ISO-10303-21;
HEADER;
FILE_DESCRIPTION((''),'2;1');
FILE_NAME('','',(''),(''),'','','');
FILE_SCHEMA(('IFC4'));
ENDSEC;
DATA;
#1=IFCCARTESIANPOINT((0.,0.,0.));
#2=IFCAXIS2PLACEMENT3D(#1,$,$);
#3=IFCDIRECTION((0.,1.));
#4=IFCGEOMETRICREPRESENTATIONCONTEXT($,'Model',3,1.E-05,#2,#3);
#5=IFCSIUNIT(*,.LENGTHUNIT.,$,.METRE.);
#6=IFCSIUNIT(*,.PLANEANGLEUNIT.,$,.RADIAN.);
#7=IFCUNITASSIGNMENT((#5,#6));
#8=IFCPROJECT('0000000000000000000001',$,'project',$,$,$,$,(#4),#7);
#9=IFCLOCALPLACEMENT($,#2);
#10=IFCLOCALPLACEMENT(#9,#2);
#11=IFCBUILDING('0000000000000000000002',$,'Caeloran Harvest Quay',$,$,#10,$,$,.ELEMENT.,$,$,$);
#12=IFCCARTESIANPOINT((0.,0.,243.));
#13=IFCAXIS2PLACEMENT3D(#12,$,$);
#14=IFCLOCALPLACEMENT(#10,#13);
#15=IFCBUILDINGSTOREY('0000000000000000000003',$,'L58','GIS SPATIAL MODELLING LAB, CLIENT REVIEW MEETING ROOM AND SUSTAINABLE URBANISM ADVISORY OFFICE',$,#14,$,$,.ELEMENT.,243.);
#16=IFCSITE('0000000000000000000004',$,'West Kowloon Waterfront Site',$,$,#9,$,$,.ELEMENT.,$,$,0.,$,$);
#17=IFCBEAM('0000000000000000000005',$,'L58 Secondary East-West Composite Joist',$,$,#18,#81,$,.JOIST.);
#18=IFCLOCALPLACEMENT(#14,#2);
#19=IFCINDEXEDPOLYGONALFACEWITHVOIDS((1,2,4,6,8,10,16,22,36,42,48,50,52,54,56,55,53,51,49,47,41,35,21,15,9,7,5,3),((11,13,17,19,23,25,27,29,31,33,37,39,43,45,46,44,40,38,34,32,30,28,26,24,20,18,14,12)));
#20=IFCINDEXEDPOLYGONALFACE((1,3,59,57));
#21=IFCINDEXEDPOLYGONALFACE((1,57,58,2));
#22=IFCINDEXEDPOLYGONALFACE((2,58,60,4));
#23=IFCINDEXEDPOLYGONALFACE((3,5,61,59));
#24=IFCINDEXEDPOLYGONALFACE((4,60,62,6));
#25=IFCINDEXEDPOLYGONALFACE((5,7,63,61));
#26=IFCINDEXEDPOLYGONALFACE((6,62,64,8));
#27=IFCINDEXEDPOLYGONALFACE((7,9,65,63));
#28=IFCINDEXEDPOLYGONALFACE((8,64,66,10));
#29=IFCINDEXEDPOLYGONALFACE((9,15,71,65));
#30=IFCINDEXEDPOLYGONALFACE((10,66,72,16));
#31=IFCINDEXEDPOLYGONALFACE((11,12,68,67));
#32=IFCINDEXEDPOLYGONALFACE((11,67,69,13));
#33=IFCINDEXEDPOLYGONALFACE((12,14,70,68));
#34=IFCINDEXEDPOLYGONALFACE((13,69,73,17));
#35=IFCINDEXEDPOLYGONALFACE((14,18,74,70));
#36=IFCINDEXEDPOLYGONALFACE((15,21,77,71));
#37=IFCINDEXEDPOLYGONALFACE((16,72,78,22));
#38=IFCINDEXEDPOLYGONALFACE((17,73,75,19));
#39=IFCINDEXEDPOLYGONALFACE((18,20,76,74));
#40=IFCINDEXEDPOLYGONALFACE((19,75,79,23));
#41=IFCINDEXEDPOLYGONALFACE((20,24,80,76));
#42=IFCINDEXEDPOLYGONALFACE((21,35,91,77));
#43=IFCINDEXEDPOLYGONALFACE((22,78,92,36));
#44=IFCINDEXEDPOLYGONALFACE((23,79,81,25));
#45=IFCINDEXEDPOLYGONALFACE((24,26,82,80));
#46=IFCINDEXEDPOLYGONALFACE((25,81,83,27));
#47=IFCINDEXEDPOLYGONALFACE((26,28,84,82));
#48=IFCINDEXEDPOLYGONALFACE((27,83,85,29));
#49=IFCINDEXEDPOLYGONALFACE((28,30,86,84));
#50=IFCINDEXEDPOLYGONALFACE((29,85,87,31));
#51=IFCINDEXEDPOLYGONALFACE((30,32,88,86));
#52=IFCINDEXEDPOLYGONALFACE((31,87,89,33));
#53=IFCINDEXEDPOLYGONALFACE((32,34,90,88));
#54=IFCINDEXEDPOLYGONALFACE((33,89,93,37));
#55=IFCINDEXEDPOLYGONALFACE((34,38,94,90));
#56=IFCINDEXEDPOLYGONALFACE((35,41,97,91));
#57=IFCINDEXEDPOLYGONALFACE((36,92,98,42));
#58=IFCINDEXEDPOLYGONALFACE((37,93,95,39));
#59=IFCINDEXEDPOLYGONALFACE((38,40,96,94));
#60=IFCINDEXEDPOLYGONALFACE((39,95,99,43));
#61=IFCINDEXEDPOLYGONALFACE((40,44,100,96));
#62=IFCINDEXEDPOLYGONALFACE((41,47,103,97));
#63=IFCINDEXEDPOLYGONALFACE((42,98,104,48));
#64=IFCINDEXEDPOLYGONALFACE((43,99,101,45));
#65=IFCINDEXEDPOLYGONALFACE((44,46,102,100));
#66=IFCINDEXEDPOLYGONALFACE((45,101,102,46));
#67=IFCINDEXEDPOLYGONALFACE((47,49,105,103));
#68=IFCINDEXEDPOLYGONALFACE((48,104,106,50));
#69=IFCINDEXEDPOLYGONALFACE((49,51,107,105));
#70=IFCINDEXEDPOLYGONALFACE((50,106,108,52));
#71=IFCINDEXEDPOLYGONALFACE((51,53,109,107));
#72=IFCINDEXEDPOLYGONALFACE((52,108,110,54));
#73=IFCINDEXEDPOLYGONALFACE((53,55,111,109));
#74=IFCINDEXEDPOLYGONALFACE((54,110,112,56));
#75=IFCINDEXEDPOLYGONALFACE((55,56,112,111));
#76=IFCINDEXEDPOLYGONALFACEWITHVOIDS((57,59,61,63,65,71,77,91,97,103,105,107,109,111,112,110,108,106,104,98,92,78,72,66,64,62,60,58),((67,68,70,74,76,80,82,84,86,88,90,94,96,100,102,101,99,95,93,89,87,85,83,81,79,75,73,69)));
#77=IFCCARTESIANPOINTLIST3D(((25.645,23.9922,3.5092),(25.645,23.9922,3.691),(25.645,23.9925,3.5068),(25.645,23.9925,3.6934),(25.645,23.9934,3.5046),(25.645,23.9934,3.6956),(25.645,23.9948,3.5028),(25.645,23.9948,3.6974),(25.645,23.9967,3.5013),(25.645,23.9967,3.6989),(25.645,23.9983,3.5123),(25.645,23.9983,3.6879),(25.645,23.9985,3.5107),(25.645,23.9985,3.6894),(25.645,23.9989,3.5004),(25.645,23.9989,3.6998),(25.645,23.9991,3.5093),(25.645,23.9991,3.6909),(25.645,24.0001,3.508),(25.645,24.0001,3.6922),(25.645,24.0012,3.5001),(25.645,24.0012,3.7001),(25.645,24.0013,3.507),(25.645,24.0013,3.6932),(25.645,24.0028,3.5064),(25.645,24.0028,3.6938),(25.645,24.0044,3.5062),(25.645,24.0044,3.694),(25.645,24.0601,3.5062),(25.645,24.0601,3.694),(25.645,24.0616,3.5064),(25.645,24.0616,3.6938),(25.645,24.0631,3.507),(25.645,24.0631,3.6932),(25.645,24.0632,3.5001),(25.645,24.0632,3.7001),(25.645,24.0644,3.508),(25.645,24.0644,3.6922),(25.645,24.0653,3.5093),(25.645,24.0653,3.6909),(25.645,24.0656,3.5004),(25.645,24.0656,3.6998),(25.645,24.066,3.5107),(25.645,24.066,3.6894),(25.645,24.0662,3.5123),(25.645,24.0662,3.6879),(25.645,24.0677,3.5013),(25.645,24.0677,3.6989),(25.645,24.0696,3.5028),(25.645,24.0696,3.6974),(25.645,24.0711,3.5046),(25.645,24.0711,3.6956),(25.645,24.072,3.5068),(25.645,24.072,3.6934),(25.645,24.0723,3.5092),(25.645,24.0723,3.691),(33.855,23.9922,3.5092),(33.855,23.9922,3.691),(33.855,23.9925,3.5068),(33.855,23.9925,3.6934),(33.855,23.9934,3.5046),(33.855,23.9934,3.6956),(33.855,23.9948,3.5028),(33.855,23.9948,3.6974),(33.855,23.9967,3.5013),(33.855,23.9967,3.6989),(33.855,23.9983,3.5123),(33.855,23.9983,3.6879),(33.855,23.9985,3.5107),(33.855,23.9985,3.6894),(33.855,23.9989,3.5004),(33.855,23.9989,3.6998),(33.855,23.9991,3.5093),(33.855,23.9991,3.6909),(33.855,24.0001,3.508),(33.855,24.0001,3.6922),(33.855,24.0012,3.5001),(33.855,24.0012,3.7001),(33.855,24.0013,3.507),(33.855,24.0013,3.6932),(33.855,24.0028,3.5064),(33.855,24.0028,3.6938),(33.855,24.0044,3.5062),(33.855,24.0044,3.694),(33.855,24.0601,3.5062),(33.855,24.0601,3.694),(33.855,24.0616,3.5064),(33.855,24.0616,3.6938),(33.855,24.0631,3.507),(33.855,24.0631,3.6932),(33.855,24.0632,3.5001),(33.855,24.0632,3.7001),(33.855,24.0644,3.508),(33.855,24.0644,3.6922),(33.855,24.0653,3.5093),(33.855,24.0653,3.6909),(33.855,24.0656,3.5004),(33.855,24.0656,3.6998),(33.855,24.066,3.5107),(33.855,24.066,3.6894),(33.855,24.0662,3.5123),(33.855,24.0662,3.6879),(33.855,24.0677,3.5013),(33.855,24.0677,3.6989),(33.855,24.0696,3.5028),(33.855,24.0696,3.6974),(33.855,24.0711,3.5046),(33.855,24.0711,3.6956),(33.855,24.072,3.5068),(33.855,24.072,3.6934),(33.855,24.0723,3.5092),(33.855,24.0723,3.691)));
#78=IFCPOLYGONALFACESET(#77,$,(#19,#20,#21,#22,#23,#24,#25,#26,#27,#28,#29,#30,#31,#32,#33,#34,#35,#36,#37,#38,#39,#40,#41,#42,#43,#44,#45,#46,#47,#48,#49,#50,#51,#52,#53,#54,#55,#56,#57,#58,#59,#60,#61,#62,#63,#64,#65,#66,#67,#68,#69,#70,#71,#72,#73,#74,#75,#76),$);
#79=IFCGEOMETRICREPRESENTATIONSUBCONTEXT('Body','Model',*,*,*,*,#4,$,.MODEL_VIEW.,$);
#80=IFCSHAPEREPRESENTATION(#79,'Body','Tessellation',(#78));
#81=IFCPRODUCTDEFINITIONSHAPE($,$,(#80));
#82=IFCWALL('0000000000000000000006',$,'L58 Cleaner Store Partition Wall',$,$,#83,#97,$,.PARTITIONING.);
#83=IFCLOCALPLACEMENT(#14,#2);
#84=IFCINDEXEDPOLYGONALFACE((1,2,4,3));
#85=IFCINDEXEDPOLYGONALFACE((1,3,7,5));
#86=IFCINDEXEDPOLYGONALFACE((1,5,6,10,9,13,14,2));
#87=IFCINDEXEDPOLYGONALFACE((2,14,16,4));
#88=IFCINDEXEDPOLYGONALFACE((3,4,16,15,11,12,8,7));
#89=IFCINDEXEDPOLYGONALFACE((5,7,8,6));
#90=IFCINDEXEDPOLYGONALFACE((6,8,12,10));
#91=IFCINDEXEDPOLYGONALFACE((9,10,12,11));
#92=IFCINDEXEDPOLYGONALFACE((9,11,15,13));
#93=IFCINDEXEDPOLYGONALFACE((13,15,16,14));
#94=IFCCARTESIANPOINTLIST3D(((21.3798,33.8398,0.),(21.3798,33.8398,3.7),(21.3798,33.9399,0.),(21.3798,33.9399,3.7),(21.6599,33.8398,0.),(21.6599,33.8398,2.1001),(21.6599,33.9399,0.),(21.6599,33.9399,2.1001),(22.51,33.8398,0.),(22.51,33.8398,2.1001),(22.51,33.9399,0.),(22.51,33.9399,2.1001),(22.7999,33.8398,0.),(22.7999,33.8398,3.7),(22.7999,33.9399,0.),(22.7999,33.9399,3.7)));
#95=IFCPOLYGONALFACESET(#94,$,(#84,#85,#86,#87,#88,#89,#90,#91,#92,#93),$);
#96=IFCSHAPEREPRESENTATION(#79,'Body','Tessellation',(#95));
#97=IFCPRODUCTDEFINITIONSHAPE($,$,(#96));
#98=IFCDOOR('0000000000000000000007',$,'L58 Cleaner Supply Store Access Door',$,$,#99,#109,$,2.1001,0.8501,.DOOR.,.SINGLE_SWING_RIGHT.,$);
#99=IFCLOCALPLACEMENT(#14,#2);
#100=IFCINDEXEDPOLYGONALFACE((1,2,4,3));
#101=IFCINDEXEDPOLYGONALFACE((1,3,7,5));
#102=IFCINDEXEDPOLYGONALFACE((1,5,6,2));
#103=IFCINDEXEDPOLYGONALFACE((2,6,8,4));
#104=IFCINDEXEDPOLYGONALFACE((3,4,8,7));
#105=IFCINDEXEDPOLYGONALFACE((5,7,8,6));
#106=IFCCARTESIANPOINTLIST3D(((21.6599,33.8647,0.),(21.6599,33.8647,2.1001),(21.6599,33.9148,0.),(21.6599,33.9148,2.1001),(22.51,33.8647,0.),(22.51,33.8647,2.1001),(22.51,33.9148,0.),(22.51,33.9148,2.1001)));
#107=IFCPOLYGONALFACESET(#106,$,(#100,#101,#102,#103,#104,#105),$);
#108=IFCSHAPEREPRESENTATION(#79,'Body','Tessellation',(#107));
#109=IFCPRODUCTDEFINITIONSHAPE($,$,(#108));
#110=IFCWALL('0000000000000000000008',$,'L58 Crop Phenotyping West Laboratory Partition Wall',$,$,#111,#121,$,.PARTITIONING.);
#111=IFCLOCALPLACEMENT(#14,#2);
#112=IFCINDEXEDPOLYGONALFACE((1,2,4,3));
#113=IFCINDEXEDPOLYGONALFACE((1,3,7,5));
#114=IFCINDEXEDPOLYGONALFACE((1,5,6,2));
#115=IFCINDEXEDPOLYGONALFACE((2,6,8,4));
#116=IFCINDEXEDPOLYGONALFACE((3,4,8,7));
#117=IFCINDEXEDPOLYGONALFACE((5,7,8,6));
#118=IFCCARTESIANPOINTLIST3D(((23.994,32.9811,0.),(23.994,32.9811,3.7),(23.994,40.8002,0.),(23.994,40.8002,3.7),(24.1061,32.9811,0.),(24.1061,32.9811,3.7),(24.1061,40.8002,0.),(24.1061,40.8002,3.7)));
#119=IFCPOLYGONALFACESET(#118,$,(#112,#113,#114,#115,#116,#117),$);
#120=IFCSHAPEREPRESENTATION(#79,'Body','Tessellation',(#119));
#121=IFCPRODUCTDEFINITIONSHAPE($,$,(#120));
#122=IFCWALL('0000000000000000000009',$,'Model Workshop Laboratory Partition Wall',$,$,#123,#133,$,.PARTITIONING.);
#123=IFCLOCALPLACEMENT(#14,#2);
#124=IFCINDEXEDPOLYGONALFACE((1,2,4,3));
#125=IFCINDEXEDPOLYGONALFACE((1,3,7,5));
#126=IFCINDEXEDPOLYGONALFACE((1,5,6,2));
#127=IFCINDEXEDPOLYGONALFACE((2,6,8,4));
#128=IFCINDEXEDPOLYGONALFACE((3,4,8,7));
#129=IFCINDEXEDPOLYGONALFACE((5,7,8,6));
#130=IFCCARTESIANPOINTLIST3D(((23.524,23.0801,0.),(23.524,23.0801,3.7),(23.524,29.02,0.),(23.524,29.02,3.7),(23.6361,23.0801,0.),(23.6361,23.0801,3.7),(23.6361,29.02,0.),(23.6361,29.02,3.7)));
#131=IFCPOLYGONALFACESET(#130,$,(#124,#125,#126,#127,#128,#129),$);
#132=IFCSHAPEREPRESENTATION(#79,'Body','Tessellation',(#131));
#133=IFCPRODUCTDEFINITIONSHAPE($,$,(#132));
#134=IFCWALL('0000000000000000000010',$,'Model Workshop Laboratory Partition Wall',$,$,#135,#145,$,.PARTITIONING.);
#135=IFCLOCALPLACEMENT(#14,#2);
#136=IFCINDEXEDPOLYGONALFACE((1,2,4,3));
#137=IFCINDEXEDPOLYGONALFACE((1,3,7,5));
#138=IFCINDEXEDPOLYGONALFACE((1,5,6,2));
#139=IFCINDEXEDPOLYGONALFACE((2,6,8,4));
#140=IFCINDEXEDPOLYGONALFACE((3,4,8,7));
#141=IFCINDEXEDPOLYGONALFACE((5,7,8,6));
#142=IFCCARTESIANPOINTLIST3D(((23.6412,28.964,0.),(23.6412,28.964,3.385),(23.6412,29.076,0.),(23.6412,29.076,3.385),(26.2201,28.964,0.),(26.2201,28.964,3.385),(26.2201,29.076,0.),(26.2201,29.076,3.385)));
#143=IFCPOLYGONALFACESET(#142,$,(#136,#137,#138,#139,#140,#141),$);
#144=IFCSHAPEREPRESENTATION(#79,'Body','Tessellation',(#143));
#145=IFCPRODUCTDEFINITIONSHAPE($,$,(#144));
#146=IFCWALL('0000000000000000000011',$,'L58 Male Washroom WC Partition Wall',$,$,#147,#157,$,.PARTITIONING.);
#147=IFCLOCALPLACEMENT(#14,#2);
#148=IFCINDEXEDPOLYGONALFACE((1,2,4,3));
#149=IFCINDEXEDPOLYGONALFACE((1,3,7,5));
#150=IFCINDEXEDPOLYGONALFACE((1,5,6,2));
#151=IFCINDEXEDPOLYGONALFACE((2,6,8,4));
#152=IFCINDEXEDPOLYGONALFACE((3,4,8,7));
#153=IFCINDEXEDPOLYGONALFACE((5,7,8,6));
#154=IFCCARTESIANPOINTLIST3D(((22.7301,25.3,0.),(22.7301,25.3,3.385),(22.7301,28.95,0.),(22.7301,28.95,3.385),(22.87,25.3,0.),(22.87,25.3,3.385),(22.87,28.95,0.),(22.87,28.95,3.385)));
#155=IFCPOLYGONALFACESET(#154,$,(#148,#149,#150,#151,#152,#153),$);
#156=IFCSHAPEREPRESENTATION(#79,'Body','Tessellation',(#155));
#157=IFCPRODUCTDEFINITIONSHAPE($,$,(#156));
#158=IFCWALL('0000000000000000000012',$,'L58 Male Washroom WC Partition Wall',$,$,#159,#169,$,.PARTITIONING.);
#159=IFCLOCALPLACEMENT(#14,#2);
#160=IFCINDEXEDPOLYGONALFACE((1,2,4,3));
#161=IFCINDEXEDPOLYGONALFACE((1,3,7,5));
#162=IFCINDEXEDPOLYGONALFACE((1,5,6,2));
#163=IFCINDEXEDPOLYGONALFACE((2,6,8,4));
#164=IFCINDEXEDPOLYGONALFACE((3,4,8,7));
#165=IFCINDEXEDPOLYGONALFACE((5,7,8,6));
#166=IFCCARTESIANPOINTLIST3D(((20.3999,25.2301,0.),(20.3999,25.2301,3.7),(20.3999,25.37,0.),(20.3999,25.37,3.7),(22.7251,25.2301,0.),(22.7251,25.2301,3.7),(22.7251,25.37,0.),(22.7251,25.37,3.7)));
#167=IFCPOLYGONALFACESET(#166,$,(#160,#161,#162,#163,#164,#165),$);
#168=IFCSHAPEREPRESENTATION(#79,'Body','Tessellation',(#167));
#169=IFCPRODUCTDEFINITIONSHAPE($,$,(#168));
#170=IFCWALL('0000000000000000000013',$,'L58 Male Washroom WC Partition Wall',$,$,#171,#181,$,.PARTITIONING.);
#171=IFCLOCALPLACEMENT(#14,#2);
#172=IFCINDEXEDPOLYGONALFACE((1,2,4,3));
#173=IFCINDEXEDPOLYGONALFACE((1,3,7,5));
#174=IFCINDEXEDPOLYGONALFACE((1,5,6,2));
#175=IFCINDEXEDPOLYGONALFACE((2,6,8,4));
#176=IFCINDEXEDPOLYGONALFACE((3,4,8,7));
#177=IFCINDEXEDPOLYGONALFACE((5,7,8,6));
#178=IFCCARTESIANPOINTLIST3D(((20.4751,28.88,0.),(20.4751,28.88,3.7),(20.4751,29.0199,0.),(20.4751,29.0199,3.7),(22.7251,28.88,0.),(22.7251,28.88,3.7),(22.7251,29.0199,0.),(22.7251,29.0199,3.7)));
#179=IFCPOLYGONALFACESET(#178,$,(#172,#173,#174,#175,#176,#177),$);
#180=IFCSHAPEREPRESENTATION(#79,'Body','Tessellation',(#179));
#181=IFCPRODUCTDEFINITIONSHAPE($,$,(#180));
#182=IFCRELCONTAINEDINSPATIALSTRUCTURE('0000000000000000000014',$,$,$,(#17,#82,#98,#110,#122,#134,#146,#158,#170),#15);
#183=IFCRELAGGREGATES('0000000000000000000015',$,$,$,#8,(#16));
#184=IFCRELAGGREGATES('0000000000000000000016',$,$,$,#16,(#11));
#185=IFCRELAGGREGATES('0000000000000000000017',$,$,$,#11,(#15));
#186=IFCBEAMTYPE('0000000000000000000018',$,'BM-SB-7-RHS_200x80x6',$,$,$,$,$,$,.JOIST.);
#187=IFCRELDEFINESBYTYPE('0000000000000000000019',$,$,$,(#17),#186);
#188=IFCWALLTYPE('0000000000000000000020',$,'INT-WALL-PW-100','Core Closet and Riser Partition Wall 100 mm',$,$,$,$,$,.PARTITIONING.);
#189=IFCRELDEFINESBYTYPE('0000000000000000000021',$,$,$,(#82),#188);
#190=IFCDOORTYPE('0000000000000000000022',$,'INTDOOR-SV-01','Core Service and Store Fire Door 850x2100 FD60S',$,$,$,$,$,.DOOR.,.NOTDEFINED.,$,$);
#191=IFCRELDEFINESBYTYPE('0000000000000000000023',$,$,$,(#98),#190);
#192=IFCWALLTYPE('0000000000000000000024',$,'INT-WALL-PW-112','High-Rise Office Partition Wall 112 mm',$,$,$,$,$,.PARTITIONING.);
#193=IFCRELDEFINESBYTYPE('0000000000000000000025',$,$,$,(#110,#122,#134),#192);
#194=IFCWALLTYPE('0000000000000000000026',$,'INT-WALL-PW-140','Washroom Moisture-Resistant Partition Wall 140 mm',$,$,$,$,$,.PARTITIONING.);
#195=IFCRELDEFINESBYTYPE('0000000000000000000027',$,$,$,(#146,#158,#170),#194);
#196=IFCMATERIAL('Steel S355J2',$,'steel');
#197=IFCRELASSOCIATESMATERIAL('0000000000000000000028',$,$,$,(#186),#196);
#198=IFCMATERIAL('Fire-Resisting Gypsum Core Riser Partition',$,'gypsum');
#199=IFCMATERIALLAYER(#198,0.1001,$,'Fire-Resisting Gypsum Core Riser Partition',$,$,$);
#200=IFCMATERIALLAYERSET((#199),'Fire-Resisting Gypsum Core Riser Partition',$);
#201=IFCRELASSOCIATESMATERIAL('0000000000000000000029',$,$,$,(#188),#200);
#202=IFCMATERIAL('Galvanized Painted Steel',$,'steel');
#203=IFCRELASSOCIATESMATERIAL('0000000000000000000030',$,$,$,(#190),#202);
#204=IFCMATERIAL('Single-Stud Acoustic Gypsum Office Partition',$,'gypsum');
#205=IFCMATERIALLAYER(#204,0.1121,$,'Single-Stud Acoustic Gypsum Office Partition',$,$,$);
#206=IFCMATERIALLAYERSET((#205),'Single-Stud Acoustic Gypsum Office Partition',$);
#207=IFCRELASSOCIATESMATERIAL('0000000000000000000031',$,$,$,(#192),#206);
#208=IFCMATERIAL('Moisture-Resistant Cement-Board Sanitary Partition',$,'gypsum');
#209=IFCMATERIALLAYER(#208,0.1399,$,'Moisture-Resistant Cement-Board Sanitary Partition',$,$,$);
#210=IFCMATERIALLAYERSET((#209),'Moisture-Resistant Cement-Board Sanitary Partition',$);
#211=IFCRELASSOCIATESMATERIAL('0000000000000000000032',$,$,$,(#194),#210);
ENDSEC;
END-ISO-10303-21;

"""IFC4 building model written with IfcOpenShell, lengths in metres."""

from ifc_helpers import new_model, si_unit, direction, frame, frame_2d, origin, origin_2d, place, context, subcontext, project, spatial, rectangle, hollow_rectangle, extrude, material, layer, layer_set, material_profile, profile_set, type_object, element, fill, save


model = new_model("IFC4")

# Units and contexts
model_context = context("Model", 3, precision=1e-05, world=origin(), true_north=direction((0.0, 1.0)))
body_context = subcontext(model_context, "Body", "Model", "MODEL_VIEW")
ifc_project = project(units=[si_unit("LENGTHUNIT", "METRE"), si_unit("PLANEANGLEUNIT", "RADIAN")], contexts=[model_context])

# Site, building, storey
site_placement = place(None, origin())
site = spatial("IfcSite", under=ifc_project, at=site_placement, Name="West Kowloon Waterfront Site", CompositionType="ELEMENT", RefElevation=0.0)
building_placement = place(site_placement, origin())
building = spatial("IfcBuilding", under=site, at=building_placement, Name="Caeloran Harvest Quay", CompositionType="ELEMENT")
storey_placement = place(building_placement, frame((0.0, 0.0, 243.0)))
storey = spatial("IfcBuildingStorey", under=building, at=storey_placement, Name="L58", Description="GIS SPATIAL MODELLING LAB, CLIENT REVIEW MEETING ROOM AND SUSTAINABLE URBANISM ADVISORY OFFICE", CompositionType="ELEMENT", Elevation=243.0)

# Beam
ifc_material_1 = material(Name="Steel S355J2", Category="steel")
ifc_material_profile_1 = material_profile(ifc_material_1, hollow_rectangle(XDim=0.0801, YDim=0.2, WallThickness=0.0061, InnerFilletRadius=0.0061, OuterFilletRadius=0.009, at=origin_2d()), Name="RHS 200x80x6")
ifc_profile_set_1 = profile_set([ifc_material_profile_1], Name="Steel S355J2")
beam_type_1 = type_object("IfcBeamType", Name="BM-SB-7-RHS_200x80x6", PredefinedType="JOIST", material=ifc_profile_set_1)
beam_1_placement = place(storey_placement, frame((25.645, 24.0322, 3.6001), z_axis=(1.0, 0.0, 0.0), x_axis=(0.0, 1.0, 0.0)))
element("IfcBeam", 1, at=beam_1_placement, inside=storey, type_object=beam_type_1, Name="L58 Secondary East-West Composite Joist", PredefinedType="JOIST", context=body_context, shape_type="SweptSolid", body=[
    extrude(hollow_rectangle(XDim=0.0801, YDim=0.2, WallThickness=0.0061, InnerFilletRadius=0.0061, OuterFilletRadius=0.009, at=origin_2d()), origin(), (0.0, 0.0, 1.0), 8.21),
])

# Wall, opening, door
ifc_material_2 = material(Name="Fire-Resisting Gypsum Core Riser Partition", Category="gypsum")
ifc_layer_1 = layer(ifc_material_2, 0.1001, Name="Fire-Resisting Gypsum Core Riser Partition")
ifc_layer_set_1 = layer_set([ifc_layer_1], Name="Fire-Resisting Gypsum Core Riser Partition")
wall_type_1 = type_object("IfcWallType", Name="INT-WALL-PW-100", Description="Core Closet and Riser Partition Wall 100 mm", PredefinedType="PARTITIONING", material=ifc_layer_set_1)
wall_1_placement = place(storey_placement, frame((21.3799, 33.8899, 0.0), z_axis=(0.0, 0.0, 1.0), x_axis=(1.0, 0.0, 0.0)))
wall_1 = element("IfcWall", 2, at=wall_1_placement, inside=storey, type_object=wall_type_1, Name="L58 Cleaner Store Partition Wall", PredefinedType="PARTITIONING", context=body_context, shape_type="SweptSolid", body=[
    extrude(rectangle(XDim=1.4202, YDim=0.1001, at=frame_2d((0.71, 0.0))), origin(), (0.0, 0.0, 1.0), 3.7),
])
opening_1_placement = place(wall_1_placement, frame((0.28, 0.0, 0.0)))
opening_1 = element("IfcOpeningElement", 3, at=opening_1_placement, cuts=wall_1, PredefinedType="OPENING", context=body_context, shape_type="SweptSolid", body=[
    extrude(rectangle(XDim=0.8501, YDim=2.1001, at=frame_2d((0.425, 1.05))), frame((0.0, 0.0601, 0.0), z_axis=(0.0, -1.0, 0.0), x_axis=(1.0, 0.0, 0.0)), (0.0, 0.0, 1.0), 0.1201),
])
ifc_material_3 = material(Name="Galvanized Painted Steel", Category="steel")
door_type_1 = type_object("IfcDoorType", Name="INTDOOR-SV-01", Description="Core Service and Store Fire Door 850x2100 FD60S", OperationType="NOTDEFINED", PredefinedType="DOOR", material=ifc_material_3)
door_1_placement = place(opening_1_placement, origin())
door_1 = element("IfcDoor", 4, at=door_1_placement, inside=storey, type_object=door_type_1, Name="L58 Cleaner Supply Store Access Door", OperationType="SINGLE_SWING_RIGHT", OverallHeight=2.1001, OverallWidth=0.8501, PredefinedType="DOOR", context=body_context, shape_type="SweptSolid", body=[
    extrude(rectangle(XDim=0.8501, YDim=2.1001, at=frame_2d((0.425, 1.05))), frame((0.0, 0.0249, 0.0), z_axis=(0.0, -1.0, 0.0), x_axis=(1.0, 0.0, 0.0)), (0.0, 0.0, 1.0), 0.05),
])
fill(opening_1, door_1)

# Walls
ifc_material_4 = material(Name="Single-Stud Acoustic Gypsum Office Partition", Category="gypsum")
ifc_layer_2 = layer(ifc_material_4, 0.1121, Name="Single-Stud Acoustic Gypsum Office Partition")
ifc_layer_set_2 = layer_set([ifc_layer_2], Name="Single-Stud Acoustic Gypsum Office Partition")
wall_type_2 = type_object("IfcWallType", Name="INT-WALL-PW-112", Description="High-Rise Office Partition Wall 112 mm", PredefinedType="PARTITIONING", material=ifc_layer_set_2)
wall_2_placement = place(storey_placement, frame((24.05, 32.981, 0.0), z_axis=(0.0, 0.0, 1.0), x_axis=(0.0, 1.0, 0.0)))
element("IfcWall", 5, at=wall_2_placement, inside=storey, type_object=wall_type_2, Name="L58 Crop Phenotyping West Laboratory Partition Wall", PredefinedType="PARTITIONING", context=body_context, shape_type="SweptSolid", body=[
    extrude(rectangle(XDim=7.8191, YDim=0.1121, at=frame_2d((3.9097, 0.0))), origin(), (0.0, 0.0, 1.0), 3.7),
])
wall_3_placement = place(storey_placement, frame((23.5801, 23.0801, 0.0), z_axis=(0.0, 0.0, 1.0), x_axis=(0.0, 1.0, 0.0)))
element("IfcWall", 6, at=wall_3_placement, inside=storey, type_object=wall_type_2, Name="Model Workshop Laboratory Partition Wall", PredefinedType="PARTITIONING", context=body_context, shape_type="SweptSolid", body=[
    extrude(rectangle(XDim=5.9399, YDim=0.1121, at=frame_2d((2.97, 0.0))), origin(), (0.0, 0.0, 1.0), 3.7),
])
wall_4_placement = place(storey_placement, frame((23.6411, 29.02, 0.0), z_axis=(0.0, 0.0, 1.0), x_axis=(1.0, 0.0, 0.0)))
element("IfcWall", 7, at=wall_4_placement, inside=storey, type_object=wall_type_2, Name="Model Workshop Laboratory Partition Wall", PredefinedType="PARTITIONING", context=body_context, shape_type="SweptSolid", body=[
    extrude(rectangle(XDim=2.5789, YDim=0.1121, at=frame_2d((1.2896, 0.0))), origin(), (0.0, 0.0, 1.0), 3.385),
])
ifc_material_5 = material(Name="Moisture-Resistant Cement-Board Sanitary Partition", Category="gypsum")
ifc_layer_3 = layer(ifc_material_5, 0.1399, Name="Moisture-Resistant Cement-Board Sanitary Partition")
ifc_layer_set_3 = layer_set([ifc_layer_3], Name="Moisture-Resistant Cement-Board Sanitary Partition")
wall_type_3 = type_object("IfcWallType", Name="INT-WALL-PW-140", Description="Washroom Moisture-Resistant Partition Wall 140 mm", PredefinedType="PARTITIONING", material=ifc_layer_set_3)
wall_5_placement = place(storey_placement, frame((22.8, 28.95, 0.0), z_axis=(0.0, 0.0, 1.0), x_axis=(0.0, -1.0, 0.0)))
element("IfcWall", 8, at=wall_5_placement, inside=storey, type_object=wall_type_3, Name="L58 Male Washroom WC Partition Wall", PredefinedType="PARTITIONING", context=body_context, shape_type="SweptSolid", body=[
    extrude(rectangle(XDim=3.6499, YDim=0.1399, at=frame_2d((1.825, 0.0))), origin(), (0.0, 0.0, 1.0), 3.385),
])
wall_6_placement = place(storey_placement, frame((22.7251, 25.3, 0.0), z_axis=(0.0, 0.0, 1.0), x_axis=(-1.0, 0.0, 0.0)))
element("IfcWall", 9, at=wall_6_placement, inside=storey, type_object=wall_type_3, Name="L58 Male Washroom WC Partition Wall", PredefinedType="PARTITIONING", context=body_context, shape_type="SweptSolid", body=[
    extrude(rectangle(XDim=2.3252, YDim=0.1399, at=frame_2d((1.1626, 0.0))), origin(), (0.0, 0.0, 1.0), 3.7),
])

# Wall
wall_7_placement = place(storey_placement, frame((20.4751, 28.95, 0.0), z_axis=(0.0, 0.0, 1.0), x_axis=(1.0, 0.0, 0.0)))
element("IfcWall", 10, at=wall_7_placement, inside=storey, type_object=wall_type_3, Name="L58 Male Washroom WC Partition Wall", PredefinedType="PARTITIONING", context=body_context, shape_type="SweptSolid", body=[
    extrude(rectangle(XDim=2.25, YDim=0.1399, at=frame_2d((1.125, 0.0))), origin(), (0.0, 0.0, 1.0), 3.7),
])

save(model, "model.ifc")
